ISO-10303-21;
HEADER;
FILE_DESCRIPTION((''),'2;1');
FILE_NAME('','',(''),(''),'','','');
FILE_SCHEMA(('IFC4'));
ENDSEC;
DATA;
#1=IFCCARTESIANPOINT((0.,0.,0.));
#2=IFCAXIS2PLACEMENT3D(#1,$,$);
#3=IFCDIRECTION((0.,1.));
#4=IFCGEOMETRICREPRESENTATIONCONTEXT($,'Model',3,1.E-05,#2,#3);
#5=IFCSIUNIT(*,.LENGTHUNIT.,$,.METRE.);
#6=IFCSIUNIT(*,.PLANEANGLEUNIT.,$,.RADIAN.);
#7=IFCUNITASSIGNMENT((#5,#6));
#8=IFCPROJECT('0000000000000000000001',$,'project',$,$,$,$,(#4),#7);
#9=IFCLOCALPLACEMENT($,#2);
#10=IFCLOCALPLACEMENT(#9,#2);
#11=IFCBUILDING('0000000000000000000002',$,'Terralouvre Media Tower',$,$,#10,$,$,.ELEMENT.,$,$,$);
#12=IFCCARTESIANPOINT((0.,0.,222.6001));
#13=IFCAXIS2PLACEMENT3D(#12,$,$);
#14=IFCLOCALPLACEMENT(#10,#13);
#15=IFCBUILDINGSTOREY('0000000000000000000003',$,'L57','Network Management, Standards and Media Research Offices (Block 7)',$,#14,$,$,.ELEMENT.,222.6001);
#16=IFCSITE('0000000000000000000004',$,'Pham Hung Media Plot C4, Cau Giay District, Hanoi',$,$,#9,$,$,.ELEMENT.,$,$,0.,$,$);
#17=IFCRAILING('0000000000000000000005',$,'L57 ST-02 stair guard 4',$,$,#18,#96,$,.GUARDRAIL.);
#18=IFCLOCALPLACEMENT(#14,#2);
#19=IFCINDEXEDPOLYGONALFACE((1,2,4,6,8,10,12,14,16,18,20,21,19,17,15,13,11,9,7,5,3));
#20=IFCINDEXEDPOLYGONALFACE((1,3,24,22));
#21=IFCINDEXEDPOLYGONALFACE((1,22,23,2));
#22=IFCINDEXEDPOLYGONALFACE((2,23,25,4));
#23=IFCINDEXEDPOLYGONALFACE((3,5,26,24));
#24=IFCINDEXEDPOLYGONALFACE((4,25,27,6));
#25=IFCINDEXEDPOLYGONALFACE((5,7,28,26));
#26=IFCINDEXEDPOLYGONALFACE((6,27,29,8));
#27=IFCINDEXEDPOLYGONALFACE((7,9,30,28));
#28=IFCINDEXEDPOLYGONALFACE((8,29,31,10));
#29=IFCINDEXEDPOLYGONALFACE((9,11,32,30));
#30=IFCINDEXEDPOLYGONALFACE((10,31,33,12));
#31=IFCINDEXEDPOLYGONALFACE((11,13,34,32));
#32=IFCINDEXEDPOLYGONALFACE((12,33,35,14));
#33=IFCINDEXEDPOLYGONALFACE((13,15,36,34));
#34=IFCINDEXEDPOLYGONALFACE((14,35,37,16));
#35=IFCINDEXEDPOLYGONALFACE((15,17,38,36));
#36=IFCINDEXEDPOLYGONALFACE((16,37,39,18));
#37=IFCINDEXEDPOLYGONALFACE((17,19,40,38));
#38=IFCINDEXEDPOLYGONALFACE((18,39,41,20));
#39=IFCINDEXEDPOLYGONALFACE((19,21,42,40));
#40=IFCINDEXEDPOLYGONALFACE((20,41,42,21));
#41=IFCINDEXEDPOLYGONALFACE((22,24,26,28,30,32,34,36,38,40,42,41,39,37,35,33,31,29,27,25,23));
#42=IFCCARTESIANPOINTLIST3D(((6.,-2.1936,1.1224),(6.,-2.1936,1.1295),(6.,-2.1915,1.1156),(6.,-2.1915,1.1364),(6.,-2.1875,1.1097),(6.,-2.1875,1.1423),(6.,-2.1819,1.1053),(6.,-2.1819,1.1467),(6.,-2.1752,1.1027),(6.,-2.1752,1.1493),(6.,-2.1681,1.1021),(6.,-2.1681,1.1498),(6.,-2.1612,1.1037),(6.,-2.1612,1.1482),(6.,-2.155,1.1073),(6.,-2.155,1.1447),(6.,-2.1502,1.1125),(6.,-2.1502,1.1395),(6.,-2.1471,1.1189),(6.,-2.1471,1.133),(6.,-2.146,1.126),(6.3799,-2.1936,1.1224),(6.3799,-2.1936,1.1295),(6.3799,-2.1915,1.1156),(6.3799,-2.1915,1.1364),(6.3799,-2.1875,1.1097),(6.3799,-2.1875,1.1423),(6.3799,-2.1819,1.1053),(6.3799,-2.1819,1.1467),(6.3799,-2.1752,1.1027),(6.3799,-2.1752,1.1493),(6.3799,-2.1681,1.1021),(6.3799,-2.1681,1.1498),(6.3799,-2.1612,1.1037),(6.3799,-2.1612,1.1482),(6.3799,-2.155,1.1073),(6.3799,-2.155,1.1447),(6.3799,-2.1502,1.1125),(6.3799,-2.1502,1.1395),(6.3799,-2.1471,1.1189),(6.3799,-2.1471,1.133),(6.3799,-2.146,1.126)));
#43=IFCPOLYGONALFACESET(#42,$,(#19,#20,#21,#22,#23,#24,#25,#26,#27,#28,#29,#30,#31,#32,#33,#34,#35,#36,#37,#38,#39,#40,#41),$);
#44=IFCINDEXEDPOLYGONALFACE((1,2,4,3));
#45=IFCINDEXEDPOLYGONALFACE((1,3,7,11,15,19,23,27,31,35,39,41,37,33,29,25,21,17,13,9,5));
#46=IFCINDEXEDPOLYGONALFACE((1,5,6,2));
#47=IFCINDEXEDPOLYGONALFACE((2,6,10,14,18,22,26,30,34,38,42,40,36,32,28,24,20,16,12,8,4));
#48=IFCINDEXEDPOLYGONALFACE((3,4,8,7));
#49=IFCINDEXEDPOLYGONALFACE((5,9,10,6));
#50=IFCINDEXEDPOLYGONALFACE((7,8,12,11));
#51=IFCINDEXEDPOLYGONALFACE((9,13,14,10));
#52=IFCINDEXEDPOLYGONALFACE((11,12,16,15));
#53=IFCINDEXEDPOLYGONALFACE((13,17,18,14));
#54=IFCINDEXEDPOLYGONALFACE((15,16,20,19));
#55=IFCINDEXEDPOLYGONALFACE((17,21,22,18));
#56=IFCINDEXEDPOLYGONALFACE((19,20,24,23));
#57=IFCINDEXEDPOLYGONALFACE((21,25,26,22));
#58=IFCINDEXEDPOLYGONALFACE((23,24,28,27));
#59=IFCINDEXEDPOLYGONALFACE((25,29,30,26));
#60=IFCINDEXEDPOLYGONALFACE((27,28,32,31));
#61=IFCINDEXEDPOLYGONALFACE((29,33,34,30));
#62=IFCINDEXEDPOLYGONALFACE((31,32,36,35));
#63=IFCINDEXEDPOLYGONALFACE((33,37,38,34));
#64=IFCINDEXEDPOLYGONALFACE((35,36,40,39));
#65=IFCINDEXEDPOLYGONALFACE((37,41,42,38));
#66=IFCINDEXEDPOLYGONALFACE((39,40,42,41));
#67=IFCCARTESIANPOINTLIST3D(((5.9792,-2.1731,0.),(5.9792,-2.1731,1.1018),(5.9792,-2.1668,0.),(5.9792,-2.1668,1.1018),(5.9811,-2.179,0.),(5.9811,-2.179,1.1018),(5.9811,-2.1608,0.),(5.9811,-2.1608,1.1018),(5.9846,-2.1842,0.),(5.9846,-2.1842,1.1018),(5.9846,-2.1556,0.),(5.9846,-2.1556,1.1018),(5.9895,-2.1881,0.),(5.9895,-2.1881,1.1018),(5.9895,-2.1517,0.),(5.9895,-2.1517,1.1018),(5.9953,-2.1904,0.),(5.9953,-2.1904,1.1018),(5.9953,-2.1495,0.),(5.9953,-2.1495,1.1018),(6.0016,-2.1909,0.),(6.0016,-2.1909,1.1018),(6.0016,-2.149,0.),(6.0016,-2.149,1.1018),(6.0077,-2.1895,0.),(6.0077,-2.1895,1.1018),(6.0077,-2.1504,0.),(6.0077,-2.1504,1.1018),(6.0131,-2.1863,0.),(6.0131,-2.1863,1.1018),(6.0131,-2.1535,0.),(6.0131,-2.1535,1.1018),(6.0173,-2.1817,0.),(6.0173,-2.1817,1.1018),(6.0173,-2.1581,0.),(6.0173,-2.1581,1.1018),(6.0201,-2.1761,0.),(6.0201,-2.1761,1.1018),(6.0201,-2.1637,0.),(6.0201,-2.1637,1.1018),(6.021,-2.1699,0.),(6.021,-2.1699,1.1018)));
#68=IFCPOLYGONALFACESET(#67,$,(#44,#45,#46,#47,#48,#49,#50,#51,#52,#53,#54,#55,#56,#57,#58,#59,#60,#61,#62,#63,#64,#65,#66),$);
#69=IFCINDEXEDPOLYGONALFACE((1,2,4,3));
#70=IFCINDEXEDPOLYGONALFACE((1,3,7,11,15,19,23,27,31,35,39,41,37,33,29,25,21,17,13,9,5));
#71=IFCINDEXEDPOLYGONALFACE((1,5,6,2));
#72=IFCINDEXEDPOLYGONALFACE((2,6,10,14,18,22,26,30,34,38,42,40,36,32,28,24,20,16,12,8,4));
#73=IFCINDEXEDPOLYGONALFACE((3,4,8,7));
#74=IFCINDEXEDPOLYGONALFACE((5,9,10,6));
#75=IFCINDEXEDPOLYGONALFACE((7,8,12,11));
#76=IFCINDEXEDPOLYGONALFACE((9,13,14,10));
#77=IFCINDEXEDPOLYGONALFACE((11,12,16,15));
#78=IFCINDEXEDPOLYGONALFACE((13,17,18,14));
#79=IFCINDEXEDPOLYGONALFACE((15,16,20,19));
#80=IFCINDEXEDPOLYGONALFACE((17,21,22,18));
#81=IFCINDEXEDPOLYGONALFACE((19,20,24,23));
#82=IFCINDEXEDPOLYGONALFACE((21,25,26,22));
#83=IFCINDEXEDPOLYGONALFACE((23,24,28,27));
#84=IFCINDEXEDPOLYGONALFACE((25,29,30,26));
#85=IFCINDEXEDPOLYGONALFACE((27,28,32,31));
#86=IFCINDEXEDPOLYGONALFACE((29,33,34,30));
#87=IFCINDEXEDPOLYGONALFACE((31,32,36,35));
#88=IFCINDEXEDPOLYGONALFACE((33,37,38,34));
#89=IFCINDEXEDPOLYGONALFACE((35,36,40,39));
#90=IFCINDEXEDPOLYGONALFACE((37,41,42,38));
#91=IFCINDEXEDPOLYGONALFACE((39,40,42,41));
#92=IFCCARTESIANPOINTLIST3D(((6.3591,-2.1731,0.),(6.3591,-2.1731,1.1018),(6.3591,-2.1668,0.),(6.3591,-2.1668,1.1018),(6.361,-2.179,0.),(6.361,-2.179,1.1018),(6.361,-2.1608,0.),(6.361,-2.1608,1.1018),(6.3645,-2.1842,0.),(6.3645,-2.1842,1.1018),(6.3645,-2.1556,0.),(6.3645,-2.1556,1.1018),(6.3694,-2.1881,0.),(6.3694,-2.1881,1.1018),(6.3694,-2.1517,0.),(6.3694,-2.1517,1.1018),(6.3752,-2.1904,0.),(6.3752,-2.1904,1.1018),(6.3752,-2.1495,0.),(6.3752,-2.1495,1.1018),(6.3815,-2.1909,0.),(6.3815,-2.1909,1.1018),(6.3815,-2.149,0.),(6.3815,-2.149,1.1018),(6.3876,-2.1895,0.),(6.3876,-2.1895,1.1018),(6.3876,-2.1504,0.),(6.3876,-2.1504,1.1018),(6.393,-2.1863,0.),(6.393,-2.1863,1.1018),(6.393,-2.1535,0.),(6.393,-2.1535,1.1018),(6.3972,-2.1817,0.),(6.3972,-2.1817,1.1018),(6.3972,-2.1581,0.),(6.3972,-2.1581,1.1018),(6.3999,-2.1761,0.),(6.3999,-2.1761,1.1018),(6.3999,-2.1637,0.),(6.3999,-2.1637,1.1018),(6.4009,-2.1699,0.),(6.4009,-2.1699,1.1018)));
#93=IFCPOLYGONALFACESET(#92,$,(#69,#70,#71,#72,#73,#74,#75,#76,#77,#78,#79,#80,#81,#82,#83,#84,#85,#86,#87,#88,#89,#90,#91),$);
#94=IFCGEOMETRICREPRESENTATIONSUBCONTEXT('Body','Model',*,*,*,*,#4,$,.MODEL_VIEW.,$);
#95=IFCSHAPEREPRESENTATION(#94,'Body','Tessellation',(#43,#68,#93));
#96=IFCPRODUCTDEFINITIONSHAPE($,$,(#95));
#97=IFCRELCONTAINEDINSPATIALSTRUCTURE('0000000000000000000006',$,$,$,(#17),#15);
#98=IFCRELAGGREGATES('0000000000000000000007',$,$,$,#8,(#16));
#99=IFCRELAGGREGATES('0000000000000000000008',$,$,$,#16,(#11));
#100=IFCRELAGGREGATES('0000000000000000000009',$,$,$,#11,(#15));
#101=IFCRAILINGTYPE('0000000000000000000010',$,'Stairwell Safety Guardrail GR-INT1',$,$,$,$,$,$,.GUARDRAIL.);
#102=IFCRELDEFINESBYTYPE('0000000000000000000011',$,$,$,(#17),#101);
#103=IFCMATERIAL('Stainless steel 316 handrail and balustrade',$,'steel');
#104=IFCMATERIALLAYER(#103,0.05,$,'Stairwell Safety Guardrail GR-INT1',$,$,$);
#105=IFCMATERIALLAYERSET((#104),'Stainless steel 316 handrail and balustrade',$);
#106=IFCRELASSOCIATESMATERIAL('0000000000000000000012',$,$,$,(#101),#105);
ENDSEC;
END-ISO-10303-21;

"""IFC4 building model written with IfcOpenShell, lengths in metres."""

from ifc_helpers import new_model, si_unit, direction, frame, origin, origin_2d, place, context, subcontext, project, spatial, circle, extrude, material, layer, layer_set, type_object, element, save


model = new_model("IFC4")

# Units and contexts
model_context = context("Model", 3, precision=1e-05, world=origin(), true_north=direction((0.0, 1.0)))
body_context = subcontext(model_context, "Body", "Model", "MODEL_VIEW")
ifc_project = project(units=[si_unit("LENGTHUNIT", "METRE"), si_unit("PLANEANGLEUNIT", "RADIAN")], contexts=[model_context])

# Site, building, storey
site_placement = place(None, origin())
site = spatial("IfcSite", under=ifc_project, at=site_placement, Name="Pham Hung Media Plot C4, Cau Giay District, Hanoi", CompositionType="ELEMENT", RefElevation=0.0)
building_placement = place(site_placement, origin())
building = spatial("IfcBuilding", under=site, at=building_placement, Name="Terralouvre Media Tower", CompositionType="ELEMENT")
storey_placement = place(building_placement, frame((0.0, 0.0, 222.6001)))
storey = spatial("IfcBuildingStorey", under=building, at=storey_placement, Name="L57", Description="Network Management, Standards and Media Research Offices (Block 7)", CompositionType="ELEMENT", Elevation=222.6001)

# Railing
ifc_material_1 = material(Name="Stainless steel 316 handrail and balustrade", Category="steel")
ifc_layer_1 = layer(ifc_material_1, 0.05, Name="Stairwell Safety Guardrail GR-INT1")
ifc_layer_set_1 = layer_set([ifc_layer_1], Name="Stainless steel 316 handrail and balustrade")
railing_type_1 = type_object("IfcRailingType", Name="Stairwell Safety Guardrail GR-INT1", PredefinedType="GUARDRAIL", material=ifc_layer_set_1)
railing_1_placement = place(storey_placement, frame((6.0, -2.1699, 0.0)))
element("IfcRailing", 1, at=railing_1_placement, inside=storey, type_object=railing_type_1, Name="L57 ST-02 stair guard 4", PredefinedType="GUARDRAIL", context=body_context, shape_type="SweptSolid", body=[
    extrude(circle(Radius=0.0239, at=origin_2d()), frame((0.0, 0.0, 1.126), z_axis=(1.0, 0.0, 0.0), x_axis=(0.0, 1.0, 0.0)), (0.0, 0.0, 1.0), 0.3799),
    extrude(circle(Radius=0.021, at=origin_2d()), origin(), (0.0, 0.0, 1.0), 1.1018),
    extrude(circle(Radius=0.021, at=origin_2d()), frame((0.3799, 0.0, 0.0)), (0.0, 0.0, 1.0), 1.1018),
])

save(model, "model.ifc")
